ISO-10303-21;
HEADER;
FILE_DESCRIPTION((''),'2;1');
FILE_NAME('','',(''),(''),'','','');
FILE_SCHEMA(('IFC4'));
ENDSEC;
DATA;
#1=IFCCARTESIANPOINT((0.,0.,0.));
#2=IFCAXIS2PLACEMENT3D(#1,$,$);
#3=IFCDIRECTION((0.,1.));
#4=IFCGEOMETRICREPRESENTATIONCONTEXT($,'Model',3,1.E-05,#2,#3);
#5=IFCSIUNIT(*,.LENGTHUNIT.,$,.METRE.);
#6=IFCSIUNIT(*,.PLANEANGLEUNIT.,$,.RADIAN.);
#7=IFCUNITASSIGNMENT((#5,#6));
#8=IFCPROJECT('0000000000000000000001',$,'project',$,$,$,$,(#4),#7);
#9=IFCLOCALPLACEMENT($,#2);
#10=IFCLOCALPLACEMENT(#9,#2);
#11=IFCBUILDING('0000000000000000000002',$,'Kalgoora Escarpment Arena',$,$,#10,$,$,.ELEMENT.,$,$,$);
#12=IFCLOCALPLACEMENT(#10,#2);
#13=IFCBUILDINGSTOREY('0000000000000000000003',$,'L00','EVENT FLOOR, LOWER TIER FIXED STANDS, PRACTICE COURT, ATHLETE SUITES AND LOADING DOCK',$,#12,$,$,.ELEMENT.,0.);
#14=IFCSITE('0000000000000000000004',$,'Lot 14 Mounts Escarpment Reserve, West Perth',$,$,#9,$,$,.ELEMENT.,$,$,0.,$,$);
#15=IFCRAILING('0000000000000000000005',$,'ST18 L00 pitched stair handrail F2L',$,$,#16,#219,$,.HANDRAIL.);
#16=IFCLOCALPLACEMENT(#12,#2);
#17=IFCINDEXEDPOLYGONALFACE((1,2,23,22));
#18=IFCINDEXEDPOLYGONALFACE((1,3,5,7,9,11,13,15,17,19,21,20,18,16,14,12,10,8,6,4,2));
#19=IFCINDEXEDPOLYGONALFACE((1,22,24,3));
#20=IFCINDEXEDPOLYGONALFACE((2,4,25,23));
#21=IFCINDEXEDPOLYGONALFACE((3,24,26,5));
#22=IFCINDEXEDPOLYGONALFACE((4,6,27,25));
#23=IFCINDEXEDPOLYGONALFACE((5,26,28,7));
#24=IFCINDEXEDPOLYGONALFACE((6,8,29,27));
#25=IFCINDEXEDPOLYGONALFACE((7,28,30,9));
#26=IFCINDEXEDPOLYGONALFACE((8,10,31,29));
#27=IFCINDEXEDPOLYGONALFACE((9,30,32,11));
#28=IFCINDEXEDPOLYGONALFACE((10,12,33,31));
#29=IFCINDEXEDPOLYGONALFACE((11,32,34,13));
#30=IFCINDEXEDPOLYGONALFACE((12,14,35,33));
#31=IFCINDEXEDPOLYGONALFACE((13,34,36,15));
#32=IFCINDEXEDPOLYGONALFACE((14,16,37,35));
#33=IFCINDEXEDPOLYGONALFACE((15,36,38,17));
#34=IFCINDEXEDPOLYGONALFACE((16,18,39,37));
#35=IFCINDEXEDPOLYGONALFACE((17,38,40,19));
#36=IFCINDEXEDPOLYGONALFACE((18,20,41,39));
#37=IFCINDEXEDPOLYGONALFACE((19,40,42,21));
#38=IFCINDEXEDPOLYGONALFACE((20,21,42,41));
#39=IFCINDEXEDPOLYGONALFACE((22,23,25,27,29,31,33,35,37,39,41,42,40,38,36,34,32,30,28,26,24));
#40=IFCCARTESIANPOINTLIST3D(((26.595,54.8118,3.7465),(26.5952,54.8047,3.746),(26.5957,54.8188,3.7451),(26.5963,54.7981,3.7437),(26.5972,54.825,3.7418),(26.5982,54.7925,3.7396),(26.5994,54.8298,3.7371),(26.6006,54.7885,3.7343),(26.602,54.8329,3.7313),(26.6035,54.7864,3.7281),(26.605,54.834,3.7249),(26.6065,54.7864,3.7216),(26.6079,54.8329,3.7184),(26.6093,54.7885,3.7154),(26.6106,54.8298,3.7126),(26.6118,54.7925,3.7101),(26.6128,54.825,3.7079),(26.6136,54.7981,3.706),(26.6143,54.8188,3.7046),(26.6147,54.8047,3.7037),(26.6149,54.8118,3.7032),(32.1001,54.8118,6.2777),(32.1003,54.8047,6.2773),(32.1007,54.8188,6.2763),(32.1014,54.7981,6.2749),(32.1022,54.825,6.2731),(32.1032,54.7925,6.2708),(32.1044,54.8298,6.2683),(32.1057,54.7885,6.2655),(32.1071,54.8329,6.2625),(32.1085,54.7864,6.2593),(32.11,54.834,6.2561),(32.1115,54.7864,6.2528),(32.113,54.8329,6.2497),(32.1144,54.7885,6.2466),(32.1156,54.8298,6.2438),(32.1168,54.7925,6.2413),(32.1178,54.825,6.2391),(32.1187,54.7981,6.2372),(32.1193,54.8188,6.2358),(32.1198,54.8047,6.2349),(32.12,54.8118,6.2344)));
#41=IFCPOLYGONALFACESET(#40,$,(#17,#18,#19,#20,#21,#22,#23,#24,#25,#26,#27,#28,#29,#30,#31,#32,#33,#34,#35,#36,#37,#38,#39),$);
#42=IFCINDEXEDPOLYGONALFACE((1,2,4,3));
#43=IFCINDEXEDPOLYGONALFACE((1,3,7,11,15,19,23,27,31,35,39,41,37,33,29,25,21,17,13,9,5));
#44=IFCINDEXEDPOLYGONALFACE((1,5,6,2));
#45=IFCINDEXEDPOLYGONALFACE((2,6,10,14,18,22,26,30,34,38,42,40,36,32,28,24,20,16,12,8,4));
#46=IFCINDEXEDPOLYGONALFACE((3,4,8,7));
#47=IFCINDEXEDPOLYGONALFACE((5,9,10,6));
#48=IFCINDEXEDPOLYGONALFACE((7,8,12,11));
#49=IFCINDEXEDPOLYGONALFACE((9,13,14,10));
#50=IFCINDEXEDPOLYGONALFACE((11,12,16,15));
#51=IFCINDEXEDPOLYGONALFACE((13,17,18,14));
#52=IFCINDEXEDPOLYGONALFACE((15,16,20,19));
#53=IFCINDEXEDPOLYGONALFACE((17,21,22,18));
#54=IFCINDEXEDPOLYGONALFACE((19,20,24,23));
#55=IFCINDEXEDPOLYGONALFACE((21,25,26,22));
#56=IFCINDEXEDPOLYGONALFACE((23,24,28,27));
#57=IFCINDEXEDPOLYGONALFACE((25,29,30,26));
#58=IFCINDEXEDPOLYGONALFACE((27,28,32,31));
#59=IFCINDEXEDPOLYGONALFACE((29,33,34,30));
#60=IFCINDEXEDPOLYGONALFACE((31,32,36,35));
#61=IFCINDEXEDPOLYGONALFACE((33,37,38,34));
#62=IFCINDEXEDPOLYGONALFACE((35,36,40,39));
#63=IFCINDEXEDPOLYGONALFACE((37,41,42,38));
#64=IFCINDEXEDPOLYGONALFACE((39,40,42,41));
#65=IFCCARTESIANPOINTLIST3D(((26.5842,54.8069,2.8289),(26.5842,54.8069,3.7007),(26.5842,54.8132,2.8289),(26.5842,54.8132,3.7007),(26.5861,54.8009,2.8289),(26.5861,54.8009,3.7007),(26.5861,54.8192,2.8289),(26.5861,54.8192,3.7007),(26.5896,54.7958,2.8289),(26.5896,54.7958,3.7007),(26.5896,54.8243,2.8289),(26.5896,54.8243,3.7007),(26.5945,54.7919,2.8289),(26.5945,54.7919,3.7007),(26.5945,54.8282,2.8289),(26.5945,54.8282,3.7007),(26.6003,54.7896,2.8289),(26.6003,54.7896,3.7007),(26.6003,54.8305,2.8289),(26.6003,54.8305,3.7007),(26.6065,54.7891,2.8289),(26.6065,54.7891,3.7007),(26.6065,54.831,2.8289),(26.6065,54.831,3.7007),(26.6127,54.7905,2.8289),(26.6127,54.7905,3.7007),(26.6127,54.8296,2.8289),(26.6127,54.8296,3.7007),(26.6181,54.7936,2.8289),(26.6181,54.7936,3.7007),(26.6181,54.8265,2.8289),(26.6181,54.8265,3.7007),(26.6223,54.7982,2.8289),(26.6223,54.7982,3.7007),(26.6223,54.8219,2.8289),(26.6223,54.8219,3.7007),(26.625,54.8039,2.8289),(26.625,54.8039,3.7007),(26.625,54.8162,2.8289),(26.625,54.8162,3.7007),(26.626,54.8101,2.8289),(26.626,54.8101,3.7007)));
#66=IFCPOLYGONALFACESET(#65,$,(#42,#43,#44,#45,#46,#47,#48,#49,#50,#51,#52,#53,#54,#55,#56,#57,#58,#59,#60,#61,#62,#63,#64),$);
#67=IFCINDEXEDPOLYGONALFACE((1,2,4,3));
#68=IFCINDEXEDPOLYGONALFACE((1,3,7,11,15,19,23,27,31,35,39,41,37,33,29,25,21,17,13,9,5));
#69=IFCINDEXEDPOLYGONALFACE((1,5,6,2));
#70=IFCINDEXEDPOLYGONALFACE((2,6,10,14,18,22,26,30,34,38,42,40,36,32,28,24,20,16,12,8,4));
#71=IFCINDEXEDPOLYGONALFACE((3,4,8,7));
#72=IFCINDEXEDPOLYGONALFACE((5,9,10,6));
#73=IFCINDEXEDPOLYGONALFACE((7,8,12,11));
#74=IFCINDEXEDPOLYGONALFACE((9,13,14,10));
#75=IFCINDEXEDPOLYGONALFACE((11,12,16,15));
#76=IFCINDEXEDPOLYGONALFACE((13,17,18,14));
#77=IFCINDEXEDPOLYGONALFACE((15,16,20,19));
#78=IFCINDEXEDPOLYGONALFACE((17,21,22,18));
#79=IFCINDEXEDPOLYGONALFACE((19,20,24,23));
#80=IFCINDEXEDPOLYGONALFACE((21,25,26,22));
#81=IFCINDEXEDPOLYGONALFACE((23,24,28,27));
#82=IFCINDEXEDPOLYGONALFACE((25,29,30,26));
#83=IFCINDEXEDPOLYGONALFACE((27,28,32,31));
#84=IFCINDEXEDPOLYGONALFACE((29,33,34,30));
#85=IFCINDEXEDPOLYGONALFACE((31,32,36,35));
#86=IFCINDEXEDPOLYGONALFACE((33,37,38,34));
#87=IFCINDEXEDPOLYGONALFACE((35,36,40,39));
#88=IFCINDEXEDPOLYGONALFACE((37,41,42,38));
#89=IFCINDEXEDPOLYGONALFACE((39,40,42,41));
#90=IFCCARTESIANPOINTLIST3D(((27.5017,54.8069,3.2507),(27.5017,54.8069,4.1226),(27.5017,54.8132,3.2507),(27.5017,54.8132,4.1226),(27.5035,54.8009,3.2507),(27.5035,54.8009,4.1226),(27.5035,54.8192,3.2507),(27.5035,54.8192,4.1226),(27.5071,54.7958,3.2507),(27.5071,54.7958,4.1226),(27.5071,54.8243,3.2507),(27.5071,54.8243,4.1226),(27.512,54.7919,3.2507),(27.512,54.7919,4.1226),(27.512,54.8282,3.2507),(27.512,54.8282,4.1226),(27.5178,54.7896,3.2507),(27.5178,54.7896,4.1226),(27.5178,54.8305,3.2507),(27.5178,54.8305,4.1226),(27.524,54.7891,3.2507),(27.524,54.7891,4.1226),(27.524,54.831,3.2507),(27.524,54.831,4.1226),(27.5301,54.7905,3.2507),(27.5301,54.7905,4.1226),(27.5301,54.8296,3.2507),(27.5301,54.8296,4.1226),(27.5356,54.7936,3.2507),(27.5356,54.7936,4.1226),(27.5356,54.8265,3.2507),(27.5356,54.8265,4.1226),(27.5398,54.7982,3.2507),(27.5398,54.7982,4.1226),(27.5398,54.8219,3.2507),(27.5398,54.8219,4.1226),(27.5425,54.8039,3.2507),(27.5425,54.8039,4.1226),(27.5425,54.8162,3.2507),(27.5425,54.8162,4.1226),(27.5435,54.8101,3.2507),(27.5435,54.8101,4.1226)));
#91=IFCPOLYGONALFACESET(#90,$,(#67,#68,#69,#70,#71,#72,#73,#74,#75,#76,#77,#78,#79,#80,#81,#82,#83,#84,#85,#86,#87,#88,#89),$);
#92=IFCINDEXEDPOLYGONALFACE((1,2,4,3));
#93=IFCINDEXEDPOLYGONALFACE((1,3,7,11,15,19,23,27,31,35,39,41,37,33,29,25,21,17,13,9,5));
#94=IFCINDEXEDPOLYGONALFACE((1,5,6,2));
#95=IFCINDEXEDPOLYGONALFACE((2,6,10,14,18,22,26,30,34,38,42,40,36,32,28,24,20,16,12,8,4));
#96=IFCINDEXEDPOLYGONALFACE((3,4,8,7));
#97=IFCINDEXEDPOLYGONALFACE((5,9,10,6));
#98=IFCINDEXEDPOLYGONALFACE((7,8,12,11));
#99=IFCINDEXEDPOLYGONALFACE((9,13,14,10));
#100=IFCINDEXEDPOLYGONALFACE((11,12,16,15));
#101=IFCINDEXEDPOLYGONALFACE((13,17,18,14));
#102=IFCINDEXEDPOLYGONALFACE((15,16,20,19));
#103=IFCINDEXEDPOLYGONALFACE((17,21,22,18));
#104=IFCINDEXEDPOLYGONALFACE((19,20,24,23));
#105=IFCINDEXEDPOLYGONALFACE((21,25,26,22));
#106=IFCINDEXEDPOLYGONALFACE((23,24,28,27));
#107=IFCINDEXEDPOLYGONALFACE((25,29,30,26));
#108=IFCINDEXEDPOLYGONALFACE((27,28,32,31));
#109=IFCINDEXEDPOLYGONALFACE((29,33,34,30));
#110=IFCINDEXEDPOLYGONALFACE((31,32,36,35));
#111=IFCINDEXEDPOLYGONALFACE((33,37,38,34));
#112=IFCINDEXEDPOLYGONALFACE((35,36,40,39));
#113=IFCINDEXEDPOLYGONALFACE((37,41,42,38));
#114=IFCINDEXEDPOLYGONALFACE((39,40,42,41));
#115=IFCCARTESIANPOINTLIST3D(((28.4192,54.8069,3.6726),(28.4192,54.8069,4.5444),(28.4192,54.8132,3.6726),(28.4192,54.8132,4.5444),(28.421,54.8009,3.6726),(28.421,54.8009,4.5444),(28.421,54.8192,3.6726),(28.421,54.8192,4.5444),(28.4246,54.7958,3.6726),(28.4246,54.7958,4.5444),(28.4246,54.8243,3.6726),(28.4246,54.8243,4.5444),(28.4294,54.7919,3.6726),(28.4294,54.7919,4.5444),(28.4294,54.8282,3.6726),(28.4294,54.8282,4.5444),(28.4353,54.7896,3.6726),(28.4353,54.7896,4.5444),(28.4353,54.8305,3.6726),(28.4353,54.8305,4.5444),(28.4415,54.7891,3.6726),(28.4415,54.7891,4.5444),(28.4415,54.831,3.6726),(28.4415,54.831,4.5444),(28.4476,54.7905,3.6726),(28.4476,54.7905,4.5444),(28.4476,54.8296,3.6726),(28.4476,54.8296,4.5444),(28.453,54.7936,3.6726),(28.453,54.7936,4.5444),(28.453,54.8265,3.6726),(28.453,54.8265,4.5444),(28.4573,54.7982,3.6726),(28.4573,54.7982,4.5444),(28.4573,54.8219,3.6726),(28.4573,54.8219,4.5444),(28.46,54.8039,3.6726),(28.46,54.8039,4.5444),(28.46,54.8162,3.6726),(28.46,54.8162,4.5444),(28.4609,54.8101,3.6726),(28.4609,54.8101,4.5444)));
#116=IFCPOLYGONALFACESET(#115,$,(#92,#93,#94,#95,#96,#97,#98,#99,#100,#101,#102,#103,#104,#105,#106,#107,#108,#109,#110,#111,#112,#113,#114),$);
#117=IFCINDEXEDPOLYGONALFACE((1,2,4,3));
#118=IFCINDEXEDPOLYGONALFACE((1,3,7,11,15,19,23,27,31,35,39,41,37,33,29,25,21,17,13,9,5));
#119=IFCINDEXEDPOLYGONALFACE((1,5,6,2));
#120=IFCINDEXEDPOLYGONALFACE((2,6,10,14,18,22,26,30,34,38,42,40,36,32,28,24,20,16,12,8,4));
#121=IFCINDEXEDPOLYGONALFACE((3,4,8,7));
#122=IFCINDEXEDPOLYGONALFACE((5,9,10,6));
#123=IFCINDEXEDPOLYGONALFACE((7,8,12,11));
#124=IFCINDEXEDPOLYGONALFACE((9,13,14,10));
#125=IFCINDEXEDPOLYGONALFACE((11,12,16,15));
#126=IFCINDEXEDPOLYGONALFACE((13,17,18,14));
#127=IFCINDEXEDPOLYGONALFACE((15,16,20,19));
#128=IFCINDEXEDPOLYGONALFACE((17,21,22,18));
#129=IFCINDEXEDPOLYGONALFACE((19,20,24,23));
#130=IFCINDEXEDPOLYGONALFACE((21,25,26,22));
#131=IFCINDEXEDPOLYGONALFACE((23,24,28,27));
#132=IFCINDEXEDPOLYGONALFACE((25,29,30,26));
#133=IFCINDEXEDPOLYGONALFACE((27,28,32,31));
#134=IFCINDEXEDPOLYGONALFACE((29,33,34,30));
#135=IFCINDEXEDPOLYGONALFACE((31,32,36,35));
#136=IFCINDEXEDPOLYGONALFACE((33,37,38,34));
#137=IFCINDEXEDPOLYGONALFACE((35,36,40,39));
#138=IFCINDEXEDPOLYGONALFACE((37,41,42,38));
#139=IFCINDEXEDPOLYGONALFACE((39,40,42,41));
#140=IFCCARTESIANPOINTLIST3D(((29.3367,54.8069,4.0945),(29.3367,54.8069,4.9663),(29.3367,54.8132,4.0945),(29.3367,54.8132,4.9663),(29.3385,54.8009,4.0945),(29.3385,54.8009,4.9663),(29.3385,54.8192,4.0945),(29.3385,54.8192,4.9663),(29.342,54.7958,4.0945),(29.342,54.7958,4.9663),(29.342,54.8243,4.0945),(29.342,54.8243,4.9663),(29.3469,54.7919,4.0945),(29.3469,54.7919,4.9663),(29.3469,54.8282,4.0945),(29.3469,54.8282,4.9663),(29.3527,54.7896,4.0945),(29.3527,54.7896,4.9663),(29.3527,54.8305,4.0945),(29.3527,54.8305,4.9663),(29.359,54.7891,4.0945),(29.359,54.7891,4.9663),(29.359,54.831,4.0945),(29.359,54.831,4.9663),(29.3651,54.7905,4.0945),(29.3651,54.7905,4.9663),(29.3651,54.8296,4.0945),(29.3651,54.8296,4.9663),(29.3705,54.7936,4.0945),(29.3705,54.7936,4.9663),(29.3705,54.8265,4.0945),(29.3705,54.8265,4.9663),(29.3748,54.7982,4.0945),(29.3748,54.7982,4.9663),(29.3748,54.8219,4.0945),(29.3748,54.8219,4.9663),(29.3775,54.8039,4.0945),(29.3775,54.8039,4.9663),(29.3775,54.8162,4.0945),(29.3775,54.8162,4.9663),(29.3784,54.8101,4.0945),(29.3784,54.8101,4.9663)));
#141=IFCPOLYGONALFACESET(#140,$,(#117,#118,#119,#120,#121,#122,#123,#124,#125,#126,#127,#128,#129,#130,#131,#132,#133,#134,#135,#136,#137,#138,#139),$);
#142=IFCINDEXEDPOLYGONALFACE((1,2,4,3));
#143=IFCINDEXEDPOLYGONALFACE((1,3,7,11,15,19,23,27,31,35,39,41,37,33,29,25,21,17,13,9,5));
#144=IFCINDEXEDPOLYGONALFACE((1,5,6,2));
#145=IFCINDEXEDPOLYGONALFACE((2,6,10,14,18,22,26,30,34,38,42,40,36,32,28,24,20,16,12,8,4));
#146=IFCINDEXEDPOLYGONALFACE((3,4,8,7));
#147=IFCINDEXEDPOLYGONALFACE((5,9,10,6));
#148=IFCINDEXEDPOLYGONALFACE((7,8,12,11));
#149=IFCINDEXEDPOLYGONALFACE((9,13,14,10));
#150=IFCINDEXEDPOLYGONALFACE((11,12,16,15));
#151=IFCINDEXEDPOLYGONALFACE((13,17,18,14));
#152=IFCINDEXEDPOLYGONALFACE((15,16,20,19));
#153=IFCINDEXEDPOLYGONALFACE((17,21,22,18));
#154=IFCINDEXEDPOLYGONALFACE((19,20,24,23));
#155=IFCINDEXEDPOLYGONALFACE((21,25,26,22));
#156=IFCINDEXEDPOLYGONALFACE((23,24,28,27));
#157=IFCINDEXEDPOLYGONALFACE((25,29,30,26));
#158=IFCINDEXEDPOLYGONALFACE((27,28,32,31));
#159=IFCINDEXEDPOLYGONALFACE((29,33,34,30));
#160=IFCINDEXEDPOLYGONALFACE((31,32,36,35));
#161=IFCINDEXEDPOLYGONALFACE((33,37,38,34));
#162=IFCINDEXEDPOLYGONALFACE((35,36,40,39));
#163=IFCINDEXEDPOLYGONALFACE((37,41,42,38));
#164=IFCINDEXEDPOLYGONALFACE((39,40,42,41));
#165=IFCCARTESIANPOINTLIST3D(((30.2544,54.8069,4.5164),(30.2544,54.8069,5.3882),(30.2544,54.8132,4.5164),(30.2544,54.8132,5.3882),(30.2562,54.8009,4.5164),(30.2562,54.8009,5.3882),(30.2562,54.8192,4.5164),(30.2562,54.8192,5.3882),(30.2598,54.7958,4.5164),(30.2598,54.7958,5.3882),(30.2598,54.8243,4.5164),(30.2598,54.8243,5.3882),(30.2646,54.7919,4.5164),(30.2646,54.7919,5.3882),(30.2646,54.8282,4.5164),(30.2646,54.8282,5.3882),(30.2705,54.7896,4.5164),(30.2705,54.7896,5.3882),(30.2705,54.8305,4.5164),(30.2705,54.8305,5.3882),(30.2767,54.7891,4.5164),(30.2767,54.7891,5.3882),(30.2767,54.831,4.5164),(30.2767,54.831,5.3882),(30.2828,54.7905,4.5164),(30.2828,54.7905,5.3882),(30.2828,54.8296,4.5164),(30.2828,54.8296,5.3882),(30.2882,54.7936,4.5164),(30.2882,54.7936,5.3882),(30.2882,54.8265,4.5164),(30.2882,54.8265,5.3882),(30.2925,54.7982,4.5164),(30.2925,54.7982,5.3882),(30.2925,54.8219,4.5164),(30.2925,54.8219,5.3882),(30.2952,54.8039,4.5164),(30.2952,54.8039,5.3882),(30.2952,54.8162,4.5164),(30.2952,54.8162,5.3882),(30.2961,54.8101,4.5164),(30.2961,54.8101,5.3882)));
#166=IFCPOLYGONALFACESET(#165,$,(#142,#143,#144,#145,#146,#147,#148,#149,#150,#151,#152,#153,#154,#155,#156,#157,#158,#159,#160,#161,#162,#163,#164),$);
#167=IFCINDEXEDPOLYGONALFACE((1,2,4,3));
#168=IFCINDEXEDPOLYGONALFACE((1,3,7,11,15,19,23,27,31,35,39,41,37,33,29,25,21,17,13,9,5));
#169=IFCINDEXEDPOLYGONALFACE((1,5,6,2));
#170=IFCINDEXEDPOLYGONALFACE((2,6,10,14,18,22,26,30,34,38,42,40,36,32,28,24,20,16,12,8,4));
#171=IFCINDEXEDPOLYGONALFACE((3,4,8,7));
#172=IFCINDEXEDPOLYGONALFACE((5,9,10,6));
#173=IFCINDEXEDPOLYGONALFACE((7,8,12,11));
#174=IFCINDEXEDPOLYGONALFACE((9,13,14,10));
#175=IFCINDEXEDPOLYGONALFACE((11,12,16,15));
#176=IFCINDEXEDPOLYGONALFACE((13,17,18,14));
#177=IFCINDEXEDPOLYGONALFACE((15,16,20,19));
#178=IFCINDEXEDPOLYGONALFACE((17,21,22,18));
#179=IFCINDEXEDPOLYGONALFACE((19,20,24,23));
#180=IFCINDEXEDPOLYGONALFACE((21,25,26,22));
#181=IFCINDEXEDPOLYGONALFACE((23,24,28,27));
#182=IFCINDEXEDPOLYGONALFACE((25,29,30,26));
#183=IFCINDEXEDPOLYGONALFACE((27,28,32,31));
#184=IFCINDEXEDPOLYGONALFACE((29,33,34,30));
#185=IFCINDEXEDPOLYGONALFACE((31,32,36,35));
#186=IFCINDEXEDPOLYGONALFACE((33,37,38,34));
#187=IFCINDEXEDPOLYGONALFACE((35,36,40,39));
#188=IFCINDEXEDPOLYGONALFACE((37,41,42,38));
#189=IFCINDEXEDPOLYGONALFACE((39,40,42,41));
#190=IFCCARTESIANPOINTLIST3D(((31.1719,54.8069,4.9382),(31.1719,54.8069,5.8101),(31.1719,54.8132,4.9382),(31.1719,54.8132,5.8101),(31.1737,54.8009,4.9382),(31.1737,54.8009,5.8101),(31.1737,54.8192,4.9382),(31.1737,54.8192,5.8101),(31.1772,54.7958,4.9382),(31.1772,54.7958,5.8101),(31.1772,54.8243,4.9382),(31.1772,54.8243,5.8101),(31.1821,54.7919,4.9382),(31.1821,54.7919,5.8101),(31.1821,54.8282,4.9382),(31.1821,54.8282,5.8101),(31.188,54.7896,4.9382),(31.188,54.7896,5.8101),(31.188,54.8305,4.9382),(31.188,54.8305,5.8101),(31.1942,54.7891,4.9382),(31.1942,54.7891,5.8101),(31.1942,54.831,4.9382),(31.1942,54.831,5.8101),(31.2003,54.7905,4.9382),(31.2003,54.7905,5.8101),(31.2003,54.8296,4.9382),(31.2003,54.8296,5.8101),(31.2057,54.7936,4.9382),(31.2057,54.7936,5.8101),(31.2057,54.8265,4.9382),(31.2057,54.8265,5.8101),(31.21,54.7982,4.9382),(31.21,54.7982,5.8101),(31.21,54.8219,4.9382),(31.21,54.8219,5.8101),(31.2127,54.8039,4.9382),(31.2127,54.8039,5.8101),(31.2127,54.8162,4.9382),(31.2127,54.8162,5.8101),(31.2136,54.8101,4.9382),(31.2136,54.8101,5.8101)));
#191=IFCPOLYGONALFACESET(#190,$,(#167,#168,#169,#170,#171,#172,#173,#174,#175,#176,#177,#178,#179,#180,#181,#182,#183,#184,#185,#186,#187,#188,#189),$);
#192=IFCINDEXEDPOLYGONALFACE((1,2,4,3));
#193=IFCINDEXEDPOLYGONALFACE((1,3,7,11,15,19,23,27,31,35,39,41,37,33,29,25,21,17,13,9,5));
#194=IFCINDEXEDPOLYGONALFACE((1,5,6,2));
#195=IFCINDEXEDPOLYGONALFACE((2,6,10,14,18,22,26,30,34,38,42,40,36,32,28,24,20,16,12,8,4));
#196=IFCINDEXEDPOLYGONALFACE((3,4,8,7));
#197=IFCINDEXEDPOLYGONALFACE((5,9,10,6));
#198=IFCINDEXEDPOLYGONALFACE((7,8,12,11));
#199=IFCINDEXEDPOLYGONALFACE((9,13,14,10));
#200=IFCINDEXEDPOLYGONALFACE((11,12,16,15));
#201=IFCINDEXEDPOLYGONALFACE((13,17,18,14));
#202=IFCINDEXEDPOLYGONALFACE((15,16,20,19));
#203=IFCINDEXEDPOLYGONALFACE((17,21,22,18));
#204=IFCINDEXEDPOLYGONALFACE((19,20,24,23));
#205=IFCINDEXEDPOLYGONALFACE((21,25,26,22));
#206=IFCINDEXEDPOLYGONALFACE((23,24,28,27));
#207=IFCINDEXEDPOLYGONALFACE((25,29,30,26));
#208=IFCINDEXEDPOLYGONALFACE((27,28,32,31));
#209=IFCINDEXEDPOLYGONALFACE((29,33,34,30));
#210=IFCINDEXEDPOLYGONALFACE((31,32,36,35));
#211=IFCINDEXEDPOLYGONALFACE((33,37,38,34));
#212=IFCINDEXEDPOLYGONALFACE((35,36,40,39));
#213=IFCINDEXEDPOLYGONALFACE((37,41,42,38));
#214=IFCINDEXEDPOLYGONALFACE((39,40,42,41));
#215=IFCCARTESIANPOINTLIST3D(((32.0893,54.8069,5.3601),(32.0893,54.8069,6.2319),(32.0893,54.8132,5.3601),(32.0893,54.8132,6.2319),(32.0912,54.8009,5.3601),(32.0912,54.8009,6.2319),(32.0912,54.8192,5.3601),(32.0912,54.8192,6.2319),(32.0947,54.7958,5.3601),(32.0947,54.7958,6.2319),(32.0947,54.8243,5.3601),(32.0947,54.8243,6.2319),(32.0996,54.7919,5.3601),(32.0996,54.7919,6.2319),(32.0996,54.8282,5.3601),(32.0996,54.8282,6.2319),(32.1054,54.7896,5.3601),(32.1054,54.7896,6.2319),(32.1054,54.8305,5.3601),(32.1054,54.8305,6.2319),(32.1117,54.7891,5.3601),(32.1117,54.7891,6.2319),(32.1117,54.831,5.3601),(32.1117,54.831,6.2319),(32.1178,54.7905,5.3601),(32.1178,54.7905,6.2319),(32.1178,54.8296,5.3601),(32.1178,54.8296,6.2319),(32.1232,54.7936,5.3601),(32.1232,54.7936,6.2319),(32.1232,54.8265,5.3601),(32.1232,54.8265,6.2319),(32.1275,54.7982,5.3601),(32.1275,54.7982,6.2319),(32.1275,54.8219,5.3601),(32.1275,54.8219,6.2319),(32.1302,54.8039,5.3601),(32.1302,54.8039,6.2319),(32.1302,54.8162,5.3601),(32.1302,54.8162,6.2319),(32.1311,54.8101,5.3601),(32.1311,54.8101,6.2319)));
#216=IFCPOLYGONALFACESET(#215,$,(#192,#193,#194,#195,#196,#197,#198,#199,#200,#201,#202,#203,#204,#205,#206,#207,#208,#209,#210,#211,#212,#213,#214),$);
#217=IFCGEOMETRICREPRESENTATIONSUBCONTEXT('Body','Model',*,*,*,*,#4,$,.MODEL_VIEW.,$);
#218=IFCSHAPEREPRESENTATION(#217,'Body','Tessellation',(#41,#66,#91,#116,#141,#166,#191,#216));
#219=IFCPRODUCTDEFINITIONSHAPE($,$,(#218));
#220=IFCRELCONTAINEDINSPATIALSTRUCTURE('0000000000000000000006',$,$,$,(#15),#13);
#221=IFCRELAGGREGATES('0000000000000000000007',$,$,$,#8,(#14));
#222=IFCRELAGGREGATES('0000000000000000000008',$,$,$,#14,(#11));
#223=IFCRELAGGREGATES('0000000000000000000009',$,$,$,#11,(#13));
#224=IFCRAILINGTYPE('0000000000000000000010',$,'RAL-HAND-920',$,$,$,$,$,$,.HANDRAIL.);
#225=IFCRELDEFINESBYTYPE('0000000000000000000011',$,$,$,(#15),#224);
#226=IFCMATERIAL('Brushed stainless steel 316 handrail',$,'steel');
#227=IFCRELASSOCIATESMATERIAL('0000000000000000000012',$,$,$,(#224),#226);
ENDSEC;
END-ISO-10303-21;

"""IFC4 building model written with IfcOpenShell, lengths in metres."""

from ifc_helpers import new_model, si_unit, direction, frame, origin, origin_2d, place, context, subcontext, project, spatial, circle, extrude, material, type_object, element, save


model = new_model("IFC4")

# Units and contexts
model_context = context("Model", 3, precision=1e-05, world=origin(), true_north=direction((0.0, 1.0)))
body_context = subcontext(model_context, "Body", "Model", "MODEL_VIEW")
ifc_project = project(units=[si_unit("LENGTHUNIT", "METRE"), si_unit("PLANEANGLEUNIT", "RADIAN")], contexts=[model_context])

# Site, building, storey
site_placement = place(None, origin())
site = spatial("IfcSite", under=ifc_project, at=site_placement, Name="Lot 14 Mounts Escarpment Reserve, West Perth", CompositionType="ELEMENT", RefElevation=0.0)
building_placement = place(site_placement, origin())
building = spatial("IfcBuilding", under=site, at=building_placement, Name="Kalgoora Escarpment Arena", CompositionType="ELEMENT")
storey_placement = place(building_placement, origin())
storey = spatial("IfcBuildingStorey", under=building, at=storey_placement, Name="L00", Description="EVENT FLOOR, LOWER TIER FIXED STANDS, PRACTICE COURT, ATHLETE SUITES AND LOADING DOCK", CompositionType="ELEMENT", Elevation=0.0)

# Railing
ifc_material_1 = material(Name="Brushed stainless steel 316 handrail", Category="steel")
railing_type = type_object("IfcRailingType", Name="RAL-HAND-920", PredefinedType="HANDRAIL", material=ifc_material_1)
railing_placement = place(storey_placement, frame((26.605, 54.8101, 2.8289)))
element("IfcRailing", 1, at=railing_placement, inside=storey, type_object=railing_type, Name="ST18 L00 pitched stair handrail F2L", PredefinedType="HANDRAIL", context=body_context, shape_type="SweptSolid", body=[
    extrude(circle(Radius=0.0239, at=origin_2d()), frame((0.0, 0.0, 0.896), z_axis=(0.90856, 0.0, 0.417755), x_axis=(0.0, 1.0, 0.0)), (0.0, 0.0, 1.0), 6.0591),
    extrude(circle(Radius=0.021, at=origin_2d()), origin(), (0.0, 0.0, 1.0), 0.8718),
    extrude(circle(Radius=0.021, at=origin_2d()), frame((0.9175, 0.0, 0.4219)), (0.0, 0.0, 1.0), 0.8718),
    extrude(circle(Radius=0.021, at=origin_2d()), frame((1.835, 0.0, 0.8438)), (0.0, 0.0, 1.0), 0.8718),
    extrude(circle(Radius=0.021, at=origin_2d()), frame((2.7524, 0.0, 1.2656)), (0.0, 0.0, 1.0), 0.8718),
    extrude(circle(Radius=0.021, at=origin_2d()), frame((3.6702, 0.0, 1.6875)), (0.0, 0.0, 1.0), 0.8718),
    extrude(circle(Radius=0.021, at=origin_2d()), frame((4.5876, 0.0, 2.1094)), (0.0, 0.0, 1.0), 0.8718),
    extrude(circle(Radius=0.021, at=origin_2d()), frame((5.5051, 0.0, 2.5312)), (0.0, 0.0, 1.0), 0.8718),
])

save(model, "model.ifc")
